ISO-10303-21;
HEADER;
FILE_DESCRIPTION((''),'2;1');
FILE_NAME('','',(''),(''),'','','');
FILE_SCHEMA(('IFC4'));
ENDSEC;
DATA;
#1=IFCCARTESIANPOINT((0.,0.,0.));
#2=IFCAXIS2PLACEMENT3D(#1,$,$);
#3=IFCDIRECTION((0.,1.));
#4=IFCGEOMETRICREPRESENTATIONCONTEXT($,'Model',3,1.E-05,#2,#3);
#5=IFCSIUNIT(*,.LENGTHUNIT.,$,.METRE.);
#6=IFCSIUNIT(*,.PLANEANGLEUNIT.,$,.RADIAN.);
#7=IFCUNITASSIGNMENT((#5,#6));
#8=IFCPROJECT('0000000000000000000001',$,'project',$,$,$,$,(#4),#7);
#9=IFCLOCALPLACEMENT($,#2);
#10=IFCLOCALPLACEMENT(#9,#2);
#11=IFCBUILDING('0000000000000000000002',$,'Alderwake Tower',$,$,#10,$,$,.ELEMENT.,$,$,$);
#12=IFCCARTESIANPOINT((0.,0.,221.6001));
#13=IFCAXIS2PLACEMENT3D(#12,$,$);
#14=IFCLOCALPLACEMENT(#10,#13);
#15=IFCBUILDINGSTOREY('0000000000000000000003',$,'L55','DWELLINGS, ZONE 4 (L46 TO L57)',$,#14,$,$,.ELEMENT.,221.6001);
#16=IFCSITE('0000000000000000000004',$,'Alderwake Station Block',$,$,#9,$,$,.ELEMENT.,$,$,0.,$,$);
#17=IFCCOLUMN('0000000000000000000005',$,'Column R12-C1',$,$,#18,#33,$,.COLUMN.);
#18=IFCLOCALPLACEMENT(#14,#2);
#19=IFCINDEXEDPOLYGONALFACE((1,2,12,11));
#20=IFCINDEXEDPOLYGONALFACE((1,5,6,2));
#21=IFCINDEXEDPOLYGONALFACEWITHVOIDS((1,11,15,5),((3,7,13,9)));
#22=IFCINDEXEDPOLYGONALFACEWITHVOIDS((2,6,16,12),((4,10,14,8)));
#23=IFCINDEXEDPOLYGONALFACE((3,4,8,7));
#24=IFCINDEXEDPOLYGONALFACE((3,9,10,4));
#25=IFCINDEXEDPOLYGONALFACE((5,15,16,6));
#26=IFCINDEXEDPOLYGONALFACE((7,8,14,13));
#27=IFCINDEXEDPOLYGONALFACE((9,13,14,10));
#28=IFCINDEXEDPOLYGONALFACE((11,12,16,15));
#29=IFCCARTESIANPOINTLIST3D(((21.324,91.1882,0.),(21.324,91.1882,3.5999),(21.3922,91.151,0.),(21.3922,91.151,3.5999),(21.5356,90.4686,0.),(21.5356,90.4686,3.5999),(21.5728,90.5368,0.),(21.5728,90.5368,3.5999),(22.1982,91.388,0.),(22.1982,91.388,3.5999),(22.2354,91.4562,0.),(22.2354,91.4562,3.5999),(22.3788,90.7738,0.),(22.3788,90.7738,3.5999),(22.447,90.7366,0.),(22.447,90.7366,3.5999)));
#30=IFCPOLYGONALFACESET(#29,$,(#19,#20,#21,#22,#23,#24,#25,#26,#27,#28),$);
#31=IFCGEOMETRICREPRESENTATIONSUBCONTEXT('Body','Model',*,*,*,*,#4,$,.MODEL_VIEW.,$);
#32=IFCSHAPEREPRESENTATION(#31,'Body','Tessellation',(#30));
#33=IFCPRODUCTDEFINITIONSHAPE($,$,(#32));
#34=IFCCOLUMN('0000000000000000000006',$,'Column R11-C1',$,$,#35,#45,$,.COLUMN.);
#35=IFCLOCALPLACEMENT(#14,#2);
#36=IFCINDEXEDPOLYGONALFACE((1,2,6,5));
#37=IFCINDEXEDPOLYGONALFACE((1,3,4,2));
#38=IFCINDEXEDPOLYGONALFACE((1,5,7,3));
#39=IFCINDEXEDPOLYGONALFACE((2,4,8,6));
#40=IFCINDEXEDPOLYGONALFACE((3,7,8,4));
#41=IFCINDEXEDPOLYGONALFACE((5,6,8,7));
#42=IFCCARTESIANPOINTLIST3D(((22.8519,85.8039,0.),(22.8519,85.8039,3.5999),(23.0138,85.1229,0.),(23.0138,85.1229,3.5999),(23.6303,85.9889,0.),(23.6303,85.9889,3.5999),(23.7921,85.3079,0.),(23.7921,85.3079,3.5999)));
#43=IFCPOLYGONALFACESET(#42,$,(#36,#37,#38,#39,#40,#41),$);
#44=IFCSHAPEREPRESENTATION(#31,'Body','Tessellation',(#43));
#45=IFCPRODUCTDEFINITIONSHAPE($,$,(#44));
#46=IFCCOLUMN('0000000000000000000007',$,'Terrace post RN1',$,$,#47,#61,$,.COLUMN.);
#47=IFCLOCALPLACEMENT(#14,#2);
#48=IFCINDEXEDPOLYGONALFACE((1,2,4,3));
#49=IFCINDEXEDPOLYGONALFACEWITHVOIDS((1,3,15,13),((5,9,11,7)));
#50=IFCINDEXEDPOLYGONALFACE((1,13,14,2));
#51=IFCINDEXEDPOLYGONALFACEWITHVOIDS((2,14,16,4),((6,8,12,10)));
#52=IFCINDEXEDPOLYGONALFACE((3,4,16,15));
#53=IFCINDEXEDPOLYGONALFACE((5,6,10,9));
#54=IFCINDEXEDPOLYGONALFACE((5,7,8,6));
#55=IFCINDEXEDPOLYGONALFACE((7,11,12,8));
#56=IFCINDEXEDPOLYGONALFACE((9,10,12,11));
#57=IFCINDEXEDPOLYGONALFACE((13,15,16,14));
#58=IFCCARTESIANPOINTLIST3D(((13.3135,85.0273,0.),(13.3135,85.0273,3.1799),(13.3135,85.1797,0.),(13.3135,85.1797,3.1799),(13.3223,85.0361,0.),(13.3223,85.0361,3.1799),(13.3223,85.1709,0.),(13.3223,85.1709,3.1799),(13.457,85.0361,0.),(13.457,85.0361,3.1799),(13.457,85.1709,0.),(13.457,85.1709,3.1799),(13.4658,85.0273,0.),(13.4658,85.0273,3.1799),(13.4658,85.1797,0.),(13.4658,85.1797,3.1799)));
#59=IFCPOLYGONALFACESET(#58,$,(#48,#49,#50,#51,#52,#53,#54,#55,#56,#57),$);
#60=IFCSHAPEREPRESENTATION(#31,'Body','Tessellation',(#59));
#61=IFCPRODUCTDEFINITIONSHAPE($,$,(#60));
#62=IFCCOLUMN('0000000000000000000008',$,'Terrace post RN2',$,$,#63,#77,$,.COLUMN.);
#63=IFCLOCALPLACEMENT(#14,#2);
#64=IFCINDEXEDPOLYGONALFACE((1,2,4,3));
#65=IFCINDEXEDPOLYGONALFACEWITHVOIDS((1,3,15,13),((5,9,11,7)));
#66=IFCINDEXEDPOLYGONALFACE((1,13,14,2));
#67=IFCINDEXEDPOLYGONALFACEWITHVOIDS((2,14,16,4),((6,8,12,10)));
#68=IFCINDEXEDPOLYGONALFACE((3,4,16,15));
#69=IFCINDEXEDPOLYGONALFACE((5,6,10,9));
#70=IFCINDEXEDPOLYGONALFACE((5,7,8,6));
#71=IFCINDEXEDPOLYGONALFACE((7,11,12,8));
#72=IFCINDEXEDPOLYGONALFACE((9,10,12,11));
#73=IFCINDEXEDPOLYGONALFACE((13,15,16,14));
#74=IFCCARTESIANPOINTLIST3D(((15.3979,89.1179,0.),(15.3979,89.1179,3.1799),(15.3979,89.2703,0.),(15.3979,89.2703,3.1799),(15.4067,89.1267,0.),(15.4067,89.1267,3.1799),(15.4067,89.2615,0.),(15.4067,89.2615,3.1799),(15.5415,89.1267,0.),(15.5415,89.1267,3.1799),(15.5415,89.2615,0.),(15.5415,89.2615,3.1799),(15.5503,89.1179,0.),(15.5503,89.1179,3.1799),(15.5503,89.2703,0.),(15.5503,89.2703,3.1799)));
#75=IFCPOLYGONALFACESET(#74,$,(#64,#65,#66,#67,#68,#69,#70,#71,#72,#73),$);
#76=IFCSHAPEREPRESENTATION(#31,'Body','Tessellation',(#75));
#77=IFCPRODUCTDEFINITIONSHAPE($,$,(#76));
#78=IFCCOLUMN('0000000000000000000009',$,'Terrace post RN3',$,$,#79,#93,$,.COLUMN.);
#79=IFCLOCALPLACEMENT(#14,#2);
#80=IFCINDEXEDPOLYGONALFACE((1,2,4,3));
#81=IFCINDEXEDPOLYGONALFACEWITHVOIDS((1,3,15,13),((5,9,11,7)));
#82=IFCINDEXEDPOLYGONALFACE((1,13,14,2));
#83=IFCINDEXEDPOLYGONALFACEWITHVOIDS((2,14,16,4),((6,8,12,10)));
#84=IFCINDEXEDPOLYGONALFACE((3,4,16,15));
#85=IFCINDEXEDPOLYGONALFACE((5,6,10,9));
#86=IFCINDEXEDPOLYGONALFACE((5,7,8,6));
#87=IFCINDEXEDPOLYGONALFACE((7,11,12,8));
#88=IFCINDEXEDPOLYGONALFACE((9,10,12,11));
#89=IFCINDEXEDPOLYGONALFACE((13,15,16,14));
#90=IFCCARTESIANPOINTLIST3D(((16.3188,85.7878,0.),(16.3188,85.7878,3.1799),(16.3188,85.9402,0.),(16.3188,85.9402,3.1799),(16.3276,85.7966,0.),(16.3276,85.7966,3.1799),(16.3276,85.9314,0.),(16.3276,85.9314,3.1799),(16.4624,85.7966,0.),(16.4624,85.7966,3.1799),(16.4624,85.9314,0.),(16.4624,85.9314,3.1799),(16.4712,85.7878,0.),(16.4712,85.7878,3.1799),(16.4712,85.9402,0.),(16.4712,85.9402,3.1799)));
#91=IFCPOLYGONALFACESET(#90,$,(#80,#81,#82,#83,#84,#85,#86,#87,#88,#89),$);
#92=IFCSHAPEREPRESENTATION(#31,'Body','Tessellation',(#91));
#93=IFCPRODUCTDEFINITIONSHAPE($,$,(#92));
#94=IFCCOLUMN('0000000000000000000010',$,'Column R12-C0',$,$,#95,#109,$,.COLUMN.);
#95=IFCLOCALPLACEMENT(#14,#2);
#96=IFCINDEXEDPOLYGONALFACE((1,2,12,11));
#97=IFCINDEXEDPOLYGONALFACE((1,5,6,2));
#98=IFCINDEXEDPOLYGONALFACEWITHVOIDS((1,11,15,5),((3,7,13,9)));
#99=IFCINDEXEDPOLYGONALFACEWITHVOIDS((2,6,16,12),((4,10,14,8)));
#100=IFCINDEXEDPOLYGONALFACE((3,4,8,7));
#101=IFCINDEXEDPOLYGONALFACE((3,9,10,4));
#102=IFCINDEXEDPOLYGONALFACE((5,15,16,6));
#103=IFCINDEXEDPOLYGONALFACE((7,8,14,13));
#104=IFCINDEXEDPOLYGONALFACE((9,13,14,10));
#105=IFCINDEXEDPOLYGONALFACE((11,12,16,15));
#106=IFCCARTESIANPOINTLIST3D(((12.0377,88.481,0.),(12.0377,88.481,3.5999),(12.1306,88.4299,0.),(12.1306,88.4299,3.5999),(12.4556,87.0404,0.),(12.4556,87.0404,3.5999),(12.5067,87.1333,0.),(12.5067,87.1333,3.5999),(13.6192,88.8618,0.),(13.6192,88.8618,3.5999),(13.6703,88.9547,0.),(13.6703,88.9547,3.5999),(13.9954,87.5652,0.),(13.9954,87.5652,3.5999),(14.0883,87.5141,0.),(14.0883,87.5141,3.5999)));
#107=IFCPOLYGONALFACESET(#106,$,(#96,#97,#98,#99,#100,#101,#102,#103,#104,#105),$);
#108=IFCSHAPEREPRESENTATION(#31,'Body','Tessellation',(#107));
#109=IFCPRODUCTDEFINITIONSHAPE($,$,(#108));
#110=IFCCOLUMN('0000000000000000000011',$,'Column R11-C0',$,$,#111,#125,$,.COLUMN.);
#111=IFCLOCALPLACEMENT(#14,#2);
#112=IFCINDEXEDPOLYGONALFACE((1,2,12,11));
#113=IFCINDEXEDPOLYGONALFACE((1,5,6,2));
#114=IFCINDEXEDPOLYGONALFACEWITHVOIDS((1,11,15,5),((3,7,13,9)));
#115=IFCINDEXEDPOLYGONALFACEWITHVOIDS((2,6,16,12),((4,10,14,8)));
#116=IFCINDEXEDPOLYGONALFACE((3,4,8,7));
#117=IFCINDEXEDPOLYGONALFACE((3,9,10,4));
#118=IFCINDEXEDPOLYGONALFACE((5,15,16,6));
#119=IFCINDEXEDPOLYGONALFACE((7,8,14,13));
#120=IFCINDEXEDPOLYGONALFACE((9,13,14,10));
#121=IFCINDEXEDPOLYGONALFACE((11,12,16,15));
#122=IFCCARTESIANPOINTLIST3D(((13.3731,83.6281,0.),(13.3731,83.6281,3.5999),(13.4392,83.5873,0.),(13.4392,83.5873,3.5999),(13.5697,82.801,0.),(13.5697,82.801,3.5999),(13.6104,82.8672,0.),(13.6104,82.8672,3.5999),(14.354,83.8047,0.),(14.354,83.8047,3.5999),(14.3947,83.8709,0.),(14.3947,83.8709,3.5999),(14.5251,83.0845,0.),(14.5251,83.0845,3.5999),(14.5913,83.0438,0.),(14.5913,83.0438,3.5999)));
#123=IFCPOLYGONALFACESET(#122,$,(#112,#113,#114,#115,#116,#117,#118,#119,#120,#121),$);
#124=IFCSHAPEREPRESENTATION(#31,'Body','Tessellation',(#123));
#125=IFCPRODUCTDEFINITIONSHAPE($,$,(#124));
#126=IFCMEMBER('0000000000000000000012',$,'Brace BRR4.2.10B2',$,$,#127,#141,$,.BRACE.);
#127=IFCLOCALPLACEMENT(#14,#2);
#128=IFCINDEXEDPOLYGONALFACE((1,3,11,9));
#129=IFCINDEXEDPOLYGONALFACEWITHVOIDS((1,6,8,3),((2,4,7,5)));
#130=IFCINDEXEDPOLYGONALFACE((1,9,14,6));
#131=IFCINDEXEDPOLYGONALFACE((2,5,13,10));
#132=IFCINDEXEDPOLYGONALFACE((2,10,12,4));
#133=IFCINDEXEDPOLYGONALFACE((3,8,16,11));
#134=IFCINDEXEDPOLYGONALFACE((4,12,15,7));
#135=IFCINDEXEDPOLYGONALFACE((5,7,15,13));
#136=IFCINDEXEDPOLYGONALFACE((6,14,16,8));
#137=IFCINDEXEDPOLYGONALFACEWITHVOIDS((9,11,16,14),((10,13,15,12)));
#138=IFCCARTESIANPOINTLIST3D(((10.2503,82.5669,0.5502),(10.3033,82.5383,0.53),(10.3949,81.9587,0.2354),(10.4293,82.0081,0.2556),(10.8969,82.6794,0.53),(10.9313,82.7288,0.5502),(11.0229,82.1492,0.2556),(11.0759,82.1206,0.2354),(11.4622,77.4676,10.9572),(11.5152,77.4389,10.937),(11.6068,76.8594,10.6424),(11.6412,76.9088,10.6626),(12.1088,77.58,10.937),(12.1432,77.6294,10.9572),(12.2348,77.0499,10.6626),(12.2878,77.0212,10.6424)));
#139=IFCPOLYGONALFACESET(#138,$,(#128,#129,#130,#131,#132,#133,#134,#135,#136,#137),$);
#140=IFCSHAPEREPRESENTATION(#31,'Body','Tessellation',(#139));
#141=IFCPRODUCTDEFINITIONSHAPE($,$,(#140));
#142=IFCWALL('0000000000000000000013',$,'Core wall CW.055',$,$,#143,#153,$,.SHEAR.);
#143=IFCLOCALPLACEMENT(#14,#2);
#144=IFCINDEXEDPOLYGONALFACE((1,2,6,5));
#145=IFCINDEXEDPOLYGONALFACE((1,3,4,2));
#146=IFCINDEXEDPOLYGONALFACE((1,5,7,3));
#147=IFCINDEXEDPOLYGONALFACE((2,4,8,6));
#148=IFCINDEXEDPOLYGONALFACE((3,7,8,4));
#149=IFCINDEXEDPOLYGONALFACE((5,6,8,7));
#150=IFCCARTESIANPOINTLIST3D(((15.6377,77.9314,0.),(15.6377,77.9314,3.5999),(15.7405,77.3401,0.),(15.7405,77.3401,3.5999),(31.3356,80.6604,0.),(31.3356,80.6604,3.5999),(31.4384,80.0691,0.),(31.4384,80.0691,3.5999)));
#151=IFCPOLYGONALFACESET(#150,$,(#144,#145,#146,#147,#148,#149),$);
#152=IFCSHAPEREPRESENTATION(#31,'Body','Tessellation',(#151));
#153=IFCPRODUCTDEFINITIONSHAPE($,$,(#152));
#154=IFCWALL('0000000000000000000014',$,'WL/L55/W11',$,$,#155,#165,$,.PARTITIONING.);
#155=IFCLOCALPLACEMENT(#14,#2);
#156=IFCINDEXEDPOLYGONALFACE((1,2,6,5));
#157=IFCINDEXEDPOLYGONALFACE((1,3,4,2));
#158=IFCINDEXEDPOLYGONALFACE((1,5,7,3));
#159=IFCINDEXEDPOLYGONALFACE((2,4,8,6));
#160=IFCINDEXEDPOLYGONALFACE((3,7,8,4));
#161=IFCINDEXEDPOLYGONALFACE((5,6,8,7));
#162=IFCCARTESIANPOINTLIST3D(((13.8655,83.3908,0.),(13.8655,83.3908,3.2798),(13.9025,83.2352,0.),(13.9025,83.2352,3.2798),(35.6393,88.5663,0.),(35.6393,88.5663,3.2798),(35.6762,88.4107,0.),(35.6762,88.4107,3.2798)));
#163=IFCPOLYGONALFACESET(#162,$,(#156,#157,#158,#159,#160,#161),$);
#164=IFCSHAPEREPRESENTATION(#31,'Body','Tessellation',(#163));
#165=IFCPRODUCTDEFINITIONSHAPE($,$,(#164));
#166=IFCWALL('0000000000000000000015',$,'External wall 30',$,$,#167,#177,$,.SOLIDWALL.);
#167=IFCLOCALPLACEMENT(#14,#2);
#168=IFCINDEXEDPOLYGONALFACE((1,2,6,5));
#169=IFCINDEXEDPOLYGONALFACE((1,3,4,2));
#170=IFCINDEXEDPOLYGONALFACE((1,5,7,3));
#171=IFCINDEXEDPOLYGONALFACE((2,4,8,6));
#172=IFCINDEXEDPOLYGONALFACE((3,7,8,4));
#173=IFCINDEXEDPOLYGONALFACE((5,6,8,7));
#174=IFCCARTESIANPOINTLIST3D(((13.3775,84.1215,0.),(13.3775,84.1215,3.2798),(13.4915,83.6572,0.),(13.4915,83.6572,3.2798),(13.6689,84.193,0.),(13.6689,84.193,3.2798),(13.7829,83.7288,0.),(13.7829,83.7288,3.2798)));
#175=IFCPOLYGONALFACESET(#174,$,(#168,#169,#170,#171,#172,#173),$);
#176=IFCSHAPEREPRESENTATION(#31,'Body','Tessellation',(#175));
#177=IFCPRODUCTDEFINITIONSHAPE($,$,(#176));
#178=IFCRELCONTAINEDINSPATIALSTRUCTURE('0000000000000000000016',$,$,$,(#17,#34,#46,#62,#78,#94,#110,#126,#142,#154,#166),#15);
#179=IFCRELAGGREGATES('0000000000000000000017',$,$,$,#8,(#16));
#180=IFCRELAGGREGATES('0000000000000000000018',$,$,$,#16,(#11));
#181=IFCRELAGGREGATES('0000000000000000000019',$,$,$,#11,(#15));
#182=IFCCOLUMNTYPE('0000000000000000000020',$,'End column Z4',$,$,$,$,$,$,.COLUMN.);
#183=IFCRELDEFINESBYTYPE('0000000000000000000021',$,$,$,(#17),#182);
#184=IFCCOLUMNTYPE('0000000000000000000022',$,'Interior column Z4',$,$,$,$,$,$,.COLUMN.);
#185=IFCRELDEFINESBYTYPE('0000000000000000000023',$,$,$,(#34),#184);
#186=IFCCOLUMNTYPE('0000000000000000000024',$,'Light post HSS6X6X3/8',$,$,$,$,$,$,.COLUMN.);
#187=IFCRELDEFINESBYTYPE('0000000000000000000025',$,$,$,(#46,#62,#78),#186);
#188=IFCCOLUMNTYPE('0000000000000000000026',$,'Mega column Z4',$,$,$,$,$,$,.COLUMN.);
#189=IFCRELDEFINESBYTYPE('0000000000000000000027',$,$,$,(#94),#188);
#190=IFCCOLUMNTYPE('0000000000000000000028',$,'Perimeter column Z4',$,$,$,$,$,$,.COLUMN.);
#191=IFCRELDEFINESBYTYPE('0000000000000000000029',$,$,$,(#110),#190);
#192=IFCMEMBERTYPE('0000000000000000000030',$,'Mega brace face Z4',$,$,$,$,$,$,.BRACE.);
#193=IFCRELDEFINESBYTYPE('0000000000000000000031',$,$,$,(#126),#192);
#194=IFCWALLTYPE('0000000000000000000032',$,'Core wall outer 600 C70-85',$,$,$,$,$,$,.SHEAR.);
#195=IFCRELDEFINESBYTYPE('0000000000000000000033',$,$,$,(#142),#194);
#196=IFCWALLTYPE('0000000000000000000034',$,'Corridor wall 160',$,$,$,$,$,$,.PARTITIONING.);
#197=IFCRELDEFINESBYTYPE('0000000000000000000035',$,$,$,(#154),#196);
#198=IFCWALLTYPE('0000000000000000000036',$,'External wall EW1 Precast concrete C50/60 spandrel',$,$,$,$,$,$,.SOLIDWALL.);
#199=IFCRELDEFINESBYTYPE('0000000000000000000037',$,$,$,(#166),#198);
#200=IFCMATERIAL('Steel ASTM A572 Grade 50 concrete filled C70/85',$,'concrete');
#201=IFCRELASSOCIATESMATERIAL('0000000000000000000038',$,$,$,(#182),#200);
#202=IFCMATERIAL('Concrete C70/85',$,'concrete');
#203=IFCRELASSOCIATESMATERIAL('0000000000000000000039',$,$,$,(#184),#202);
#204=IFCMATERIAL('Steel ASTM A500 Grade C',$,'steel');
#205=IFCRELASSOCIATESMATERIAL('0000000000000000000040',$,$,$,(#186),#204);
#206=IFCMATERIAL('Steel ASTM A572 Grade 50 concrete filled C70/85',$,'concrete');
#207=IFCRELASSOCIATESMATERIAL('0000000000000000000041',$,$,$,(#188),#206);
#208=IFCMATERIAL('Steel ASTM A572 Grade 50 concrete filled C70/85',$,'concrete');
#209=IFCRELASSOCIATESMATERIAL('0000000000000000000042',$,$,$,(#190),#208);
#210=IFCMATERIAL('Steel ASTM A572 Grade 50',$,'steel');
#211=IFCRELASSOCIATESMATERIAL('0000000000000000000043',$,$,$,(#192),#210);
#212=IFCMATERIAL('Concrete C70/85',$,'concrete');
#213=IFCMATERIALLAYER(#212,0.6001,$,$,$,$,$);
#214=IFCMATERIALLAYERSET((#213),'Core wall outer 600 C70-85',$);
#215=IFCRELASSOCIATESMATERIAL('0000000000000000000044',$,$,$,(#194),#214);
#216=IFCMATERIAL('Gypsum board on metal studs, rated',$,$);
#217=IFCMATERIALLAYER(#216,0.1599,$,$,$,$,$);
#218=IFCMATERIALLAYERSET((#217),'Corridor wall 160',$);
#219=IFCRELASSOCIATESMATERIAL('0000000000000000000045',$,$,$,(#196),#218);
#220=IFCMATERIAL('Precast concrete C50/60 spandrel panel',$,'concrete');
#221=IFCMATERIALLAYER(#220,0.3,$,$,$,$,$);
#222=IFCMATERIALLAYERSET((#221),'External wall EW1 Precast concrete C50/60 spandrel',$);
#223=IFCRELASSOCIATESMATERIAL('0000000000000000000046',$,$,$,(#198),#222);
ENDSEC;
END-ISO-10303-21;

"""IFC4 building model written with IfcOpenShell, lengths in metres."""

from ifc_helpers import new_model, si_unit, direction, frame, frame_2d, origin, origin_2d, place, context, subcontext, project, spatial, rectangle, hollow_rectangle, extrude, material, layer, layer_set, material_profile, profile_set, type_object, element, save


model = new_model("IFC4")

# Units and contexts
model_context = context("Model", 3, precision=1e-05, world=origin(), true_north=direction((0.0, 1.0)))
body_context = subcontext(model_context, "Body", "Model", "MODEL_VIEW")
ifc_project = project(units=[si_unit("LENGTHUNIT", "METRE"), si_unit("PLANEANGLEUNIT", "RADIAN")], contexts=[model_context])

# Site, building, storey
site_placement = place(None, origin())
site = spatial("IfcSite", under=ifc_project, at=site_placement, Name="Alderwake Station Block", CompositionType="ELEMENT", RefElevation=0.0)
building_placement = place(site_placement, origin())
building = spatial("IfcBuilding", under=site, at=building_placement, Name="Alderwake Tower", CompositionType="ELEMENT")
storey_placement = place(building_placement, frame((0.0, 0.0, 221.6001)))
storey = spatial("IfcBuildingStorey", under=building, at=storey_placement, Name="L55", Description="DWELLINGS, ZONE 4 (L46 TO L57)", CompositionType="ELEMENT", Elevation=221.6001)

# Columns
ifc_material_1 = material(Name="Steel ASTM A572 Grade 50 concrete filled C70/85", Category="concrete")
ifc_material_profile_1 = material_profile(ifc_material_1, hollow_rectangle(XDim=0.75, YDim=0.95, WallThickness=0.0549, at=origin_2d()), Name="BOX 950X750X55")
ifc_profile_set_1 = profile_set([ifc_material_profile_1], Name="Steel ASTM A572 Grade 50 concrete filled C70/85")
column_type_1 = type_object("IfcColumnType", Name="End column Z4", PredefinedType="COLUMN", material=ifc_profile_set_1)
column_1_placement = place(storey_placement, frame((21.8855, 90.9624, 0.0), z_axis=(0.0, 0.0, 1.0), x_axis=(-0.282132, 0.959376, 0.0)))
element("IfcColumn", 1, at=column_1_placement, inside=storey, type_object=column_type_1, Name="Column R12-C1", PredefinedType="COLUMN", context=body_context, shape_type="SweptSolid", body=[
    extrude(hollow_rectangle(XDim=0.75, YDim=0.95, WallThickness=0.0549, at=origin_2d()), origin(), (0.0, 0.0, 1.0), 3.5999),
])
ifc_material_2 = material(Name="Concrete C70/85", Category="concrete")
ifc_material_profile_2 = material_profile(ifc_material_2, rectangle(XDim=0.7, YDim=0.8, at=origin_2d()), Name="RC 800X700")
ifc_profile_set_2 = profile_set([ifc_material_profile_2], Name="Concrete C70/85")
column_type_2 = type_object("IfcColumnType", Name="Interior column Z4", PredefinedType="COLUMN", material=ifc_profile_set_2)
column_2_placement = place(storey_placement, frame((23.322, 85.5559, 0.0), z_axis=(0.0, 0.0, 1.0), x_axis=(-0.231222, 0.972901, 0.0)))
element("IfcColumn", 2, at=column_2_placement, inside=storey, type_object=column_type_2, Name="Column R11-C1", PredefinedType="COLUMN", context=body_context, shape_type="SweptSolid", body=[
    extrude(rectangle(XDim=0.7, YDim=0.8, at=origin_2d()), origin(), (0.0, 0.0, 1.0), 3.5999),
])
ifc_material_3 = material(Name="Steel ASTM A500 Grade C", Category="steel")
ifc_material_profile_3 = material_profile(ifc_material_3, hollow_rectangle(XDim=0.1523, YDim=0.1523, WallThickness=0.0088, at=origin_2d()), Name="HSS6X6X3/8")
ifc_profile_set_3 = profile_set([ifc_material_profile_3], Name="Steel ASTM A500 Grade C")
column_type_3 = type_object("IfcColumnType", Name="Light post HSS6X6X3/8", PredefinedType="COLUMN", material=ifc_profile_set_3)
for number, where, z_axis, x_axis, name in (
    (3, (13.3896, 85.1035, 0.0), (0.0, 0.0, 1.0), (1.0, 0.0, 0.0), "Terrace post RN1"),
    (4, (15.4741, 89.1941, 0.0), (0.0, 0.0, 1.0), (1.0, 0.0, 0.0), "Terrace post RN2"),
    (5, (16.395, 85.864, 0.0), (0.0, 0.0, 1.0), (1.0, 0.0, 0.0), "Terrace post RN3"),
):
    element("IfcColumn", number, at=place(storey_placement, frame(where, z_axis=z_axis, x_axis=x_axis)), inside=storey, type_object=column_type_3, Name=name, PredefinedType="COLUMN", context=body_context, shape_type="SweptSolid", body=[
        extrude(hollow_rectangle(XDim=0.1523, YDim=0.1523, WallThickness=0.0088, at=origin_2d()), origin(), (0.0, 0.0, 1.0), 3.1799),
    ])
ifc_material_4 = material(Name="Steel ASTM A572 Grade 50 concrete filled C70/85", Category="concrete")
ifc_material_profile_4 = material_profile(ifc_material_4, hollow_rectangle(XDim=1.5, YDim=1.7, WallThickness=0.075, at=origin_2d()), Name="BOX 1700X1500X75")
ifc_profile_set_4 = profile_set([ifc_material_profile_4], Name="Steel ASTM A572 Grade 50 concrete filled C70/85")
column_type_4 = type_object("IfcColumnType", Name="Mega column Z4", PredefinedType="COLUMN", material=ifc_profile_set_4)
column_3_placement = place(storey_placement, frame((13.063, 87.9976, 0.0), z_axis=(0.0, 0.0, 1.0), x_axis=(-0.278612, 0.960404, 0.0)))
element("IfcColumn", 6, at=column_3_placement, inside=storey, type_object=column_type_4, Name="Column R12-C0", PredefinedType="COLUMN", context=body_context, shape_type="SweptSolid", body=[
    extrude(hollow_rectangle(XDim=1.5, YDim=1.7, WallThickness=0.075, at=origin_2d()), origin(), (0.0, 0.0, 1.0), 3.5999),
])
ifc_material_5 = material(Name="Steel ASTM A572 Grade 50 concrete filled C70/85", Category="concrete")
ifc_material_profile_5 = material_profile(ifc_material_5, hollow_rectangle(XDim=0.8501, YDim=1.05, WallThickness=0.0549, at=origin_2d()), Name="BOX 1050X850X55")
ifc_profile_set_5 = profile_set([ifc_material_profile_5], Name="Steel ASTM A572 Grade 50 concrete filled C70/85")
column_type_5 = type_object("IfcColumnType", Name="Perimeter column Z4", PredefinedType="COLUMN", material=ifc_profile_set_5)
column_4_placement = place(storey_placement, frame((13.9822, 83.3359, 0.0), z_axis=(0.0, 0.0, 1.0), x_axis=(-0.231222, 0.972901, 0.0)))
element("IfcColumn", 7, at=column_4_placement, inside=storey, type_object=column_type_5, Name="Column R11-C0", PredefinedType="COLUMN", context=body_context, shape_type="SweptSolid", body=[
    extrude(hollow_rectangle(XDim=0.8501, YDim=1.05, WallThickness=0.0549, at=origin_2d()), origin(), (0.0, 0.0, 1.0), 3.5999),
])

# Member
ifc_material_6 = material(Name="Steel ASTM A572 Grade 50", Category="steel")
ifc_material_profile_6 = material_profile(ifc_material_6, hollow_rectangle(XDim=0.7, YDim=0.7, WallThickness=0.0449, at=origin_2d()), Name="BOX 700X700X45")
ifc_profile_set_6 = profile_set([ifc_material_profile_6], Name="Steel ASTM A572 Grade 50")
member_type = type_object("IfcMemberType", Name="Mega brace face Z4", PredefinedType="BRACE", material=ifc_profile_set_6)
member_placement = place(storey_placement, frame((10.6631, 82.3438, 0.3928), z_axis=(0.104006, -0.437625, 0.893122), x_axis=(0.972902, 0.23122, 0.0)))
element("IfcMember", 8, at=member_placement, inside=storey, type_object=member_type, Name="Brace BRR4.2.10B2", PredefinedType="BRACE", context=body_context, shape_type="SweptSolid", body=[
    extrude(hollow_rectangle(XDim=0.7, YDim=0.7, WallThickness=0.0449, at=origin_2d()), origin(), (0.0, 0.0, 1.0), 11.6523),
])

# Walls
ifc_material_7 = material(Name="Concrete C70/85", Category="concrete")
ifc_layer_1 = layer(ifc_material_7, 0.6001)
ifc_layer_set_1 = layer_set([ifc_layer_1], Name="Core wall outer 600 C70-85")
wall_type_1 = type_object("IfcWallType", Name="Core wall outer 600 C70-85", PredefinedType="SHEAR", material=ifc_layer_set_1)
wall_1_placement = place(storey_placement, frame((15.689, 77.6357, 0.0), z_axis=(0.0, 0.0, 1.0), x_axis=(0.985223, 0.171275, 0.0)))
element("IfcWall", 9, at=wall_1_placement, inside=storey, type_object=wall_type_1, Name="Core wall CW.055", PredefinedType="SHEAR", context=body_context, shape_type="SweptSolid", body=[
    extrude(rectangle(XDim=15.9333, YDim=0.6001, at=frame_2d((7.9668, 0.0))), origin(), (0.0, 0.0, 1.0), 3.5999),
])
ifc_material_8 = material(Name="Gypsum board on metal studs, rated")
ifc_layer_2 = layer(ifc_material_8, 0.1599)
ifc_layer_set_2 = layer_set([ifc_layer_2], Name="Corridor wall 160")
wall_type_2 = type_object("IfcWallType", Name="Corridor wall 160", PredefinedType="PARTITIONING", material=ifc_layer_set_2)
wall_2_placement = place(storey_placement, frame((13.884, 83.313, 0.0), z_axis=(0.0, 0.0, 1.0), x_axis=(0.972893, 0.231254, 0.0)))
element("IfcWall", 10, at=wall_2_placement, inside=storey, type_object=wall_type_2, Name="WL/L55/W11", PredefinedType="PARTITIONING", context=body_context, shape_type="SweptSolid", body=[
    extrude(rectangle(XDim=22.3804, YDim=0.1599, at=frame_2d((11.1902, 0.0))), origin(), (0.0, 0.0, 1.0), 3.2798),
])
ifc_material_9 = material(Name="Precast concrete C50/60 spandrel panel", Category="concrete")
ifc_layer_3 = layer(ifc_material_9, 0.3)
ifc_layer_set_3 = layer_set([ifc_layer_3], Name="External wall EW1 Precast concrete C50/60 spandrel")
wall_type_3 = type_object("IfcWallType", Name="External wall EW1 Precast concrete C50/60 spandrel", PredefinedType="SOLIDWALL", material=ifc_layer_set_3)
wall_3_placement = place(storey_placement, frame((13.5232, 84.1572, 0.0), z_axis=(0.0, 0.0, 1.0), x_axis=(0.238449, -0.971155, 0.0)))
element("IfcWall", 11, at=wall_3_placement, inside=storey, type_object=wall_type_3, Name="External wall 30", PredefinedType="SOLIDWALL", context=body_context, shape_type="SweptSolid", body=[
    extrude(rectangle(XDim=0.478, YDim=0.3, at=frame_2d((0.239, 0.0))), origin(), (0.0, 0.0, 1.0), 3.2798),
])

save(model, "model.ifc")
